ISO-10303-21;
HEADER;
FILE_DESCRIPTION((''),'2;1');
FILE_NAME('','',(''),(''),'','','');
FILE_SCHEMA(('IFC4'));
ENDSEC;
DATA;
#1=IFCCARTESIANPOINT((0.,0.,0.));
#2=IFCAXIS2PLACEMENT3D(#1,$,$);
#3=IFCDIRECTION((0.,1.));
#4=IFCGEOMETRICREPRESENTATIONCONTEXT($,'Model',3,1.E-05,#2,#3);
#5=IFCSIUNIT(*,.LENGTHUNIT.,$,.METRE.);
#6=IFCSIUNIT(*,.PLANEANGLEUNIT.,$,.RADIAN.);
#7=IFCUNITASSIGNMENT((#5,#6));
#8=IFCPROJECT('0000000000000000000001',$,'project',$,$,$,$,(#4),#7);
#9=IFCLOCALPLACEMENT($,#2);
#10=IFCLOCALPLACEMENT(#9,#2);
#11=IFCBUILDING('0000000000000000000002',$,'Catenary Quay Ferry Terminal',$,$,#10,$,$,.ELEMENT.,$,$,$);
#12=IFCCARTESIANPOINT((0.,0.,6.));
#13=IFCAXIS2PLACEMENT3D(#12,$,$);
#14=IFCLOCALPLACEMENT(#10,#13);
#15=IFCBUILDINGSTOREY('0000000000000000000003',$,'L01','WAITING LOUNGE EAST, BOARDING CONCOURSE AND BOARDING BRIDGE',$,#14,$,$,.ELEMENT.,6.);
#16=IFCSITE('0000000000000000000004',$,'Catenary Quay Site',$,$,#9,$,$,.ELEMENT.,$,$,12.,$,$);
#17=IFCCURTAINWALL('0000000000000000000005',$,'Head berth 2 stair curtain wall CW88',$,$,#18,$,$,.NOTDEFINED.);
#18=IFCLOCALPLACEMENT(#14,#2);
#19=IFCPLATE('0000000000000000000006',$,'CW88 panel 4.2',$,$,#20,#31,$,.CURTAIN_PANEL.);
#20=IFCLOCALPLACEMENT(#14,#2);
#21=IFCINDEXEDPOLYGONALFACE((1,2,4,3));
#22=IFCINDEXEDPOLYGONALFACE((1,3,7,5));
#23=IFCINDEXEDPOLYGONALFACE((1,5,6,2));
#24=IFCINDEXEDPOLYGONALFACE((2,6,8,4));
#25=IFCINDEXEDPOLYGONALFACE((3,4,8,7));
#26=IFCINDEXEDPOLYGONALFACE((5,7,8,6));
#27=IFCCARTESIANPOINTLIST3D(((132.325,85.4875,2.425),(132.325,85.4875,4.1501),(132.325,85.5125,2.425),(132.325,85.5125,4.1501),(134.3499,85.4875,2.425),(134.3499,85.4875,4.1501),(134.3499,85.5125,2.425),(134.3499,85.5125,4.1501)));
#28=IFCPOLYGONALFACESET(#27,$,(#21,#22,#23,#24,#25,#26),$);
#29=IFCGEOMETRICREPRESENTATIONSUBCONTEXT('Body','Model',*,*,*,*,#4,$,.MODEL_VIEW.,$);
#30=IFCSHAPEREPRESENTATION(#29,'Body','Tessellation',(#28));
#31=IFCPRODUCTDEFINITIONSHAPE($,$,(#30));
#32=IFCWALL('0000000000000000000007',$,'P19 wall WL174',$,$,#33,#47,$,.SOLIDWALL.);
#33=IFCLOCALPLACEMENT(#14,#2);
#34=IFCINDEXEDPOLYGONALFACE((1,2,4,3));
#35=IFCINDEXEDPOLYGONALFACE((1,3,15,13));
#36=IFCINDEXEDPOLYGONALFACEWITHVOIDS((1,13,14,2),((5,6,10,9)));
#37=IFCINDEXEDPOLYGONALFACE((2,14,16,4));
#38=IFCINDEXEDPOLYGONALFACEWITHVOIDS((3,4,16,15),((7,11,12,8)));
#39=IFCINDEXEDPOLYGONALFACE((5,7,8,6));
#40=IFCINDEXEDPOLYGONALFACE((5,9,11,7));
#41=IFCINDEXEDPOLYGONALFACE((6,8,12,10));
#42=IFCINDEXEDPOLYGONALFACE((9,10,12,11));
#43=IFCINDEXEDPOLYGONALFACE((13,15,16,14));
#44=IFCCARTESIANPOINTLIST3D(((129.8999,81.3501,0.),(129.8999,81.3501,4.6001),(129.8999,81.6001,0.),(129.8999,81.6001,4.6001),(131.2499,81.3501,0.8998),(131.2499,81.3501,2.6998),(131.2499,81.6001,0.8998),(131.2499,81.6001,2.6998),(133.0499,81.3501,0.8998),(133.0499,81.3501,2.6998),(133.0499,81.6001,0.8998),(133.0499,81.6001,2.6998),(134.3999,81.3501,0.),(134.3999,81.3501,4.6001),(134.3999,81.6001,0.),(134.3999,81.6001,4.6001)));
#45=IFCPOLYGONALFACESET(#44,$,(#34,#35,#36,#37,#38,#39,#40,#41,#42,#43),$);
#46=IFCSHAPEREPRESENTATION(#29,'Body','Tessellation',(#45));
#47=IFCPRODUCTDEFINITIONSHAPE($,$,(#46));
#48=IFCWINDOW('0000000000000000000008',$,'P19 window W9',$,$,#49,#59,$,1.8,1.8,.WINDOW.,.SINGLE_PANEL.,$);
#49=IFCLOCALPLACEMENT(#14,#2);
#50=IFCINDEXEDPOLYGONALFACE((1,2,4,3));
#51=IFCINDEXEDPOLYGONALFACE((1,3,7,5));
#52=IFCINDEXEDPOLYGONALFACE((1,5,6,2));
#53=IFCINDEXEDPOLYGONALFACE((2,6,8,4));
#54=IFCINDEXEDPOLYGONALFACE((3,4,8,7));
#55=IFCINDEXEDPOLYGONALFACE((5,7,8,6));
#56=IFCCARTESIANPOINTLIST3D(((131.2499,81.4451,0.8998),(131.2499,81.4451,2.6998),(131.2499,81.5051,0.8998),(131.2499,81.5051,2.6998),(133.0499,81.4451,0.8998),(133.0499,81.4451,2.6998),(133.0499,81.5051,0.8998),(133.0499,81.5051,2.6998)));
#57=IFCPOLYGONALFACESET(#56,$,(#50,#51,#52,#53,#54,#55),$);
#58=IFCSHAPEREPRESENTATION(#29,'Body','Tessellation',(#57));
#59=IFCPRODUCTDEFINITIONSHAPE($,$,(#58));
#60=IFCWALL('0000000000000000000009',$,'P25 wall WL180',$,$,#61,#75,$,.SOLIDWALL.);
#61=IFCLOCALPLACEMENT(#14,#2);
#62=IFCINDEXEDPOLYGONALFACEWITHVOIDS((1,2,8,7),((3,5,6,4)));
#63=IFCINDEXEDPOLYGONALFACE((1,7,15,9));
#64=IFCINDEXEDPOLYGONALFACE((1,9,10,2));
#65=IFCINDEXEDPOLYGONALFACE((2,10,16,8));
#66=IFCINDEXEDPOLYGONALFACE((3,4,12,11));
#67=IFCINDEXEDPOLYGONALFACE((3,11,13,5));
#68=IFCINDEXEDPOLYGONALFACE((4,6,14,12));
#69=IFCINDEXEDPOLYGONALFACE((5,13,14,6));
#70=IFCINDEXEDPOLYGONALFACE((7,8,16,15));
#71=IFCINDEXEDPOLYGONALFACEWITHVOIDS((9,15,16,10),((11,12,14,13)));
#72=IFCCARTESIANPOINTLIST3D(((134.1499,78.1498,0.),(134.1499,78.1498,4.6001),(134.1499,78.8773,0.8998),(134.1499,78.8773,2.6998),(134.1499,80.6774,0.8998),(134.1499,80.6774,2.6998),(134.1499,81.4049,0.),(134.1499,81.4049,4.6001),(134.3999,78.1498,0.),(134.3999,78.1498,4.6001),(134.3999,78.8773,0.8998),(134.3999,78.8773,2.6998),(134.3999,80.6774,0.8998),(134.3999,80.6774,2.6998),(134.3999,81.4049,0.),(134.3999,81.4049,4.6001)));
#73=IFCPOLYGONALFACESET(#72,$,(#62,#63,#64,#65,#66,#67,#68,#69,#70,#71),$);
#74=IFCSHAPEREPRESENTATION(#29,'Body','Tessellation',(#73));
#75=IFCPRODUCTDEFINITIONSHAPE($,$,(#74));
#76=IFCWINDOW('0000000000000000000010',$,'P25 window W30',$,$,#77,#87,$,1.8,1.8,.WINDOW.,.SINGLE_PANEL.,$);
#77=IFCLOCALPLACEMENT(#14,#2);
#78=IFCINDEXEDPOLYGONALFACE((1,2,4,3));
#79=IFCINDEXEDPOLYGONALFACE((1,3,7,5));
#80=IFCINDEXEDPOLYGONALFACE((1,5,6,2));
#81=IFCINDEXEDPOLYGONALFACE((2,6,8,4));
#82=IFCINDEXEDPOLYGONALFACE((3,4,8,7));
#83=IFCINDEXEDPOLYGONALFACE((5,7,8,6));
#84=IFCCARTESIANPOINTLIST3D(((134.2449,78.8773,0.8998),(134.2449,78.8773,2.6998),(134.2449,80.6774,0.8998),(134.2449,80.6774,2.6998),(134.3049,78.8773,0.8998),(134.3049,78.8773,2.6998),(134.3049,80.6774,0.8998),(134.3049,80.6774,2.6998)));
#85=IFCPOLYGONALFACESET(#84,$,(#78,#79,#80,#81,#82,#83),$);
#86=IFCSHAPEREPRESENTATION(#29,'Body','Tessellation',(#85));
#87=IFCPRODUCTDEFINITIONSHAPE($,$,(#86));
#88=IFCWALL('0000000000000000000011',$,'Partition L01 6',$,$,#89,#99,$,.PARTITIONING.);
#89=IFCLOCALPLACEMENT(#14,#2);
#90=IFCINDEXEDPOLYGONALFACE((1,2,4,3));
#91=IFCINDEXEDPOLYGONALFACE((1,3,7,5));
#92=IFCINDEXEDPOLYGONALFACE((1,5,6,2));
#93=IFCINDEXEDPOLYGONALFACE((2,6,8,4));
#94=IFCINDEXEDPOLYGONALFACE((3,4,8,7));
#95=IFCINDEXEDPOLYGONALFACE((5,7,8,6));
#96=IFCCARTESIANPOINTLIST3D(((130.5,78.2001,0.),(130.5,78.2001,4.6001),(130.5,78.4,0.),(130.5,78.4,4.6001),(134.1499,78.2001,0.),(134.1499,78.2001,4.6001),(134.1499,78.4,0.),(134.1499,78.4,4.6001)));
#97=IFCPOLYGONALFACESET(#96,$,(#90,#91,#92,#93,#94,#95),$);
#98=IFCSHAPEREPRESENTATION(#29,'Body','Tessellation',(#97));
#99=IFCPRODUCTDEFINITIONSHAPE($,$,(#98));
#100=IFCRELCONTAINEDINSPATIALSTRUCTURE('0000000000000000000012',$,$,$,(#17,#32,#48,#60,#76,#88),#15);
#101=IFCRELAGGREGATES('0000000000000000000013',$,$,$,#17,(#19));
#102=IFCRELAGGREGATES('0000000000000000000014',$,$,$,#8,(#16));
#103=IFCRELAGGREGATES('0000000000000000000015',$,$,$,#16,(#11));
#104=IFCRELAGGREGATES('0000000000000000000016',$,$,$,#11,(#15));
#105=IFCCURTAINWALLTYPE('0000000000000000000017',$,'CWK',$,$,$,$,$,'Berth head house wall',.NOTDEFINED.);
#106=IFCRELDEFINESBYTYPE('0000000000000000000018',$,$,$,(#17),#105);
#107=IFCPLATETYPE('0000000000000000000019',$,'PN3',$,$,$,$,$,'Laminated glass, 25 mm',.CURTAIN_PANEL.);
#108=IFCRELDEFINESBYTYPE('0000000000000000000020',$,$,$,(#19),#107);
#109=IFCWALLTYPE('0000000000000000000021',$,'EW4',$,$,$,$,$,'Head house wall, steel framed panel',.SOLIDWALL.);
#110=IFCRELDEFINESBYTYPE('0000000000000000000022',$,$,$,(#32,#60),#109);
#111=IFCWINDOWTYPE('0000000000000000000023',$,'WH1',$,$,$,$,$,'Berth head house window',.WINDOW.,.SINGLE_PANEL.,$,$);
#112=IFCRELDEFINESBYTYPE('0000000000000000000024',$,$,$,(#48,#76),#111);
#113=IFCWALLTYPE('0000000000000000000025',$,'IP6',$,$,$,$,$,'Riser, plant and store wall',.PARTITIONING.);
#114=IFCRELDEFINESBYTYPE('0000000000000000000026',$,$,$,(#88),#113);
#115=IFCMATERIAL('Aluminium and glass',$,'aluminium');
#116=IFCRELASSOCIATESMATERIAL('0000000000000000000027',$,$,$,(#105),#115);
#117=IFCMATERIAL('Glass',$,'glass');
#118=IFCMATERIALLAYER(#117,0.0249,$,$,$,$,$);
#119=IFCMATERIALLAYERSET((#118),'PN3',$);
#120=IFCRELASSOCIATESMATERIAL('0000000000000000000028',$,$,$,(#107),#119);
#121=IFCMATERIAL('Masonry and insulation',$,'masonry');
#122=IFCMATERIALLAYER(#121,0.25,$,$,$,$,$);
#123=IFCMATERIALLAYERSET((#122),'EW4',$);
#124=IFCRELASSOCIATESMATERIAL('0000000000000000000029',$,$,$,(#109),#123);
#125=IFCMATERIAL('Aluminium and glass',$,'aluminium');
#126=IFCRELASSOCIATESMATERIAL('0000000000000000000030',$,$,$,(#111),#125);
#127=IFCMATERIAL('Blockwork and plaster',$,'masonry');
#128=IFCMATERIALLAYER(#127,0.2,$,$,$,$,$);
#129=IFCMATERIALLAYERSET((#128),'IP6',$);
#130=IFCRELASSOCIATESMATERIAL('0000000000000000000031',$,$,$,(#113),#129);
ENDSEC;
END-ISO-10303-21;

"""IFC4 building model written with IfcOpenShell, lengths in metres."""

from ifc_helpers import new_model, si_unit, direction, frame, frame_2d, origin, origin_2d, place, context, subcontext, project, spatial, rectangle, extrude, material, layer, layer_set, type_object, element, fill, aggregate, save


model = new_model("IFC4")

# Units and contexts
model_context = context("Model", 3, precision=1e-05, world=origin(), true_north=direction((0.0, 1.0)))
body_context = subcontext(model_context, "Body", "Model", "MODEL_VIEW")
ifc_project = project(units=[si_unit("LENGTHUNIT", "METRE"), si_unit("PLANEANGLEUNIT", "RADIAN")], contexts=[model_context])

# Site, building, storey
site_placement = place(None, origin())
site = spatial("IfcSite", under=ifc_project, at=site_placement, Name="Catenary Quay Site", CompositionType="ELEMENT", RefElevation=12.0)
building_placement = place(site_placement, origin())
building = spatial("IfcBuilding", under=site, at=building_placement, Name="Catenary Quay Ferry Terminal", CompositionType="ELEMENT")
storey_placement = place(building_placement, frame((0.0, 0.0, 6.0)))
storey = spatial("IfcBuildingStorey", under=building, at=storey_placement, Name="L01", Description="WAITING LOUNGE EAST, BOARDING CONCOURSE AND BOARDING BRIDGE", CompositionType="ELEMENT", Elevation=6.0)

# Shared definitions
ifc_material_1 = material(Name="Aluminium and glass", Category="aluminium")
curtain_wall_type = type_object("IfcCurtainWallType", Name="CWK", ElementType="Berth head house wall", PredefinedType="NOTDEFINED", material=ifc_material_1)

# Curtain wall
curtain_wall_1_placement = place(storey_placement, origin())
curtain_wall_1 = element("IfcCurtainWall", 1, at=curtain_wall_1_placement, inside=storey, type_object=curtain_wall_type, Name="Head berth 2 stair curtain wall CW88", PredefinedType="NOTDEFINED")

# Plate
ifc_material_2 = material(Name="Glass", Category="glass")
ifc_layer_1 = layer(ifc_material_2, 0.0249)
ifc_layer_set_1 = layer_set([ifc_layer_1], Name="PN3")
plate_type = type_object("IfcPlateType", Name="PN3", ElementType="Laminated glass, 25 mm", PredefinedType="CURTAIN_PANEL", material=ifc_layer_set_1)
plate_1_placement = place(storey_placement, frame((133.3374, 85.5, 2.425), z_axis=(0.0, 0.0, 1.0), x_axis=(1.0, 0.0, 0.0)))
plate_1 = element("IfcPlate", 2, at=plate_1_placement, type_object=plate_type, Name="CW88 panel 4.2", PredefinedType="CURTAIN_PANEL", context=body_context, shape_type="SweptSolid", body=[
    extrude(rectangle(XDim=2.0249, YDim=0.0249, at=origin_2d()), origin(), (0.0, 0.0, 1.0), 1.7251),
])
aggregate(curtain_wall_1, [plate_1])

# Walls, openings, windows
ifc_material_3 = material(Name="Masonry and insulation", Category="masonry")
ifc_layer_2 = layer(ifc_material_3, 0.25)
ifc_layer_set_2 = layer_set([ifc_layer_2], Name="EW4")
wall_type_1 = type_object("IfcWallType", Name="EW4", ElementType="Head house wall, steel framed panel", PredefinedType="SOLIDWALL", material=ifc_layer_set_2)
wall_1_placement = place(storey_placement, frame((129.8999, 81.4751, 0.0), z_axis=(0.0, 0.0, 1.0), x_axis=(1.0, 0.0, 0.0)))
wall_1 = element("IfcWall", 3, at=wall_1_placement, inside=storey, type_object=wall_type_1, Name="P19 wall WL174", PredefinedType="SOLIDWALL", context=body_context, shape_type="SweptSolid", body=[
    extrude(rectangle(XDim=4.5, YDim=0.25, at=frame_2d((2.25, 0.0))), origin(), (0.0, 0.0, 1.0), 4.6001),
])
opening_1_placement = place(wall_1_placement, frame((1.3501, 0.0, 0.8999)))
opening_1 = element("IfcOpeningElement", 4, at=opening_1_placement, cuts=wall_1, PredefinedType="OPENING", context=body_context, shape_type="SweptSolid", body=[
    extrude(rectangle(XDim=1.8, YDim=1.8, at=frame_2d((0.8999, 0.8999))), frame((0.0, 0.135, 0.0), z_axis=(0.0, -1.0, 0.0), x_axis=(1.0, 0.0, 0.0)), (0.0, 0.0, 1.0), 0.27),
])
ifc_material_4 = material(Name="Aluminium and glass", Category="aluminium")
window_type = type_object("IfcWindowType", Name="WH1", ElementType="Berth head house window", PartitioningType="SINGLE_PANEL", PredefinedType="WINDOW", material=ifc_material_4)
window_1_placement = place(opening_1_placement, origin())
window_1 = element("IfcWindow", 5, at=window_1_placement, inside=storey, type_object=window_type, Name="P19 window W9", OverallHeight=1.8, OverallWidth=1.8, PartitioningType="SINGLE_PANEL", PredefinedType="WINDOW", context=body_context, shape_type="SweptSolid", body=[
    extrude(rectangle(XDim=1.8, YDim=1.8, at=frame_2d((0.8999, 0.8999))), frame((0.0, 0.03, 0.0), z_axis=(0.0, -1.0, 0.0), x_axis=(1.0, 0.0, 0.0)), (0.0, 0.0, 1.0), 0.0601),
])
fill(opening_1, window_1)
wall_2_placement = place(storey_placement, frame((134.2749, 78.1499, 0.0), z_axis=(0.0, 0.0, 1.0), x_axis=(0.0, 1.0, 0.0)))
wall_2 = element("IfcWall", 6, at=wall_2_placement, inside=storey, type_object=wall_type_1, Name="P25 wall WL180", PredefinedType="SOLIDWALL", context=body_context, shape_type="SweptSolid", body=[
    extrude(rectangle(XDim=3.2551, YDim=0.25, at=frame_2d((1.6274, 0.0))), origin(), (0.0, 0.0, 1.0), 4.6001),
])
opening_2_placement = place(wall_2_placement, frame((0.7275, 0.0, 0.8999)))
opening_2 = element("IfcOpeningElement", 7, at=opening_2_placement, cuts=wall_2, PredefinedType="OPENING", context=body_context, shape_type="SweptSolid", body=[
    extrude(rectangle(XDim=1.8, YDim=1.8, at=frame_2d((0.8999, 0.8999))), frame((0.0, 0.135, 0.0), z_axis=(0.0, -1.0, 0.0), x_axis=(1.0, 0.0, 0.0)), (0.0, 0.0, 1.0), 0.27),
])
window_2_placement = place(opening_2_placement, origin())
window_2 = element("IfcWindow", 8, at=window_2_placement, inside=storey, type_object=window_type, Name="P25 window W30", OverallHeight=1.8, OverallWidth=1.8, PartitioningType="SINGLE_PANEL", PredefinedType="WINDOW", context=body_context, shape_type="SweptSolid", body=[
    extrude(rectangle(XDim=1.8, YDim=1.8, at=frame_2d((0.8999, 0.8999))), frame((0.0, 0.03, 0.0), z_axis=(0.0, -1.0, 0.0), x_axis=(1.0, 0.0, 0.0)), (0.0, 0.0, 1.0), 0.0601),
])
fill(opening_2, window_2)

# Wall
ifc_material_5 = material(Name="Blockwork and plaster", Category="masonry")
ifc_layer_3 = layer(ifc_material_5, 0.2)
ifc_layer_set_3 = layer_set([ifc_layer_3], Name="IP6")
wall_type_2 = type_object("IfcWallType", Name="IP6", ElementType="Riser, plant and store wall", PredefinedType="PARTITIONING", material=ifc_layer_set_3)
wall_3_placement = place(storey_placement, frame((130.5, 78.3, 0.0), z_axis=(0.0, 0.0, 1.0), x_axis=(1.0, 0.0, 0.0)))
element("IfcWall", 9, at=wall_3_placement, inside=storey, type_object=wall_type_2, Name="Partition L01 6", PredefinedType="PARTITIONING", context=body_context, shape_type="SweptSolid", body=[
    extrude(rectangle(XDim=3.6499, YDim=0.2, at=frame_2d((1.825, 0.0))), origin(), (0.0, 0.0, 1.0), 4.6001),
])

save(model, "model.ifc")
